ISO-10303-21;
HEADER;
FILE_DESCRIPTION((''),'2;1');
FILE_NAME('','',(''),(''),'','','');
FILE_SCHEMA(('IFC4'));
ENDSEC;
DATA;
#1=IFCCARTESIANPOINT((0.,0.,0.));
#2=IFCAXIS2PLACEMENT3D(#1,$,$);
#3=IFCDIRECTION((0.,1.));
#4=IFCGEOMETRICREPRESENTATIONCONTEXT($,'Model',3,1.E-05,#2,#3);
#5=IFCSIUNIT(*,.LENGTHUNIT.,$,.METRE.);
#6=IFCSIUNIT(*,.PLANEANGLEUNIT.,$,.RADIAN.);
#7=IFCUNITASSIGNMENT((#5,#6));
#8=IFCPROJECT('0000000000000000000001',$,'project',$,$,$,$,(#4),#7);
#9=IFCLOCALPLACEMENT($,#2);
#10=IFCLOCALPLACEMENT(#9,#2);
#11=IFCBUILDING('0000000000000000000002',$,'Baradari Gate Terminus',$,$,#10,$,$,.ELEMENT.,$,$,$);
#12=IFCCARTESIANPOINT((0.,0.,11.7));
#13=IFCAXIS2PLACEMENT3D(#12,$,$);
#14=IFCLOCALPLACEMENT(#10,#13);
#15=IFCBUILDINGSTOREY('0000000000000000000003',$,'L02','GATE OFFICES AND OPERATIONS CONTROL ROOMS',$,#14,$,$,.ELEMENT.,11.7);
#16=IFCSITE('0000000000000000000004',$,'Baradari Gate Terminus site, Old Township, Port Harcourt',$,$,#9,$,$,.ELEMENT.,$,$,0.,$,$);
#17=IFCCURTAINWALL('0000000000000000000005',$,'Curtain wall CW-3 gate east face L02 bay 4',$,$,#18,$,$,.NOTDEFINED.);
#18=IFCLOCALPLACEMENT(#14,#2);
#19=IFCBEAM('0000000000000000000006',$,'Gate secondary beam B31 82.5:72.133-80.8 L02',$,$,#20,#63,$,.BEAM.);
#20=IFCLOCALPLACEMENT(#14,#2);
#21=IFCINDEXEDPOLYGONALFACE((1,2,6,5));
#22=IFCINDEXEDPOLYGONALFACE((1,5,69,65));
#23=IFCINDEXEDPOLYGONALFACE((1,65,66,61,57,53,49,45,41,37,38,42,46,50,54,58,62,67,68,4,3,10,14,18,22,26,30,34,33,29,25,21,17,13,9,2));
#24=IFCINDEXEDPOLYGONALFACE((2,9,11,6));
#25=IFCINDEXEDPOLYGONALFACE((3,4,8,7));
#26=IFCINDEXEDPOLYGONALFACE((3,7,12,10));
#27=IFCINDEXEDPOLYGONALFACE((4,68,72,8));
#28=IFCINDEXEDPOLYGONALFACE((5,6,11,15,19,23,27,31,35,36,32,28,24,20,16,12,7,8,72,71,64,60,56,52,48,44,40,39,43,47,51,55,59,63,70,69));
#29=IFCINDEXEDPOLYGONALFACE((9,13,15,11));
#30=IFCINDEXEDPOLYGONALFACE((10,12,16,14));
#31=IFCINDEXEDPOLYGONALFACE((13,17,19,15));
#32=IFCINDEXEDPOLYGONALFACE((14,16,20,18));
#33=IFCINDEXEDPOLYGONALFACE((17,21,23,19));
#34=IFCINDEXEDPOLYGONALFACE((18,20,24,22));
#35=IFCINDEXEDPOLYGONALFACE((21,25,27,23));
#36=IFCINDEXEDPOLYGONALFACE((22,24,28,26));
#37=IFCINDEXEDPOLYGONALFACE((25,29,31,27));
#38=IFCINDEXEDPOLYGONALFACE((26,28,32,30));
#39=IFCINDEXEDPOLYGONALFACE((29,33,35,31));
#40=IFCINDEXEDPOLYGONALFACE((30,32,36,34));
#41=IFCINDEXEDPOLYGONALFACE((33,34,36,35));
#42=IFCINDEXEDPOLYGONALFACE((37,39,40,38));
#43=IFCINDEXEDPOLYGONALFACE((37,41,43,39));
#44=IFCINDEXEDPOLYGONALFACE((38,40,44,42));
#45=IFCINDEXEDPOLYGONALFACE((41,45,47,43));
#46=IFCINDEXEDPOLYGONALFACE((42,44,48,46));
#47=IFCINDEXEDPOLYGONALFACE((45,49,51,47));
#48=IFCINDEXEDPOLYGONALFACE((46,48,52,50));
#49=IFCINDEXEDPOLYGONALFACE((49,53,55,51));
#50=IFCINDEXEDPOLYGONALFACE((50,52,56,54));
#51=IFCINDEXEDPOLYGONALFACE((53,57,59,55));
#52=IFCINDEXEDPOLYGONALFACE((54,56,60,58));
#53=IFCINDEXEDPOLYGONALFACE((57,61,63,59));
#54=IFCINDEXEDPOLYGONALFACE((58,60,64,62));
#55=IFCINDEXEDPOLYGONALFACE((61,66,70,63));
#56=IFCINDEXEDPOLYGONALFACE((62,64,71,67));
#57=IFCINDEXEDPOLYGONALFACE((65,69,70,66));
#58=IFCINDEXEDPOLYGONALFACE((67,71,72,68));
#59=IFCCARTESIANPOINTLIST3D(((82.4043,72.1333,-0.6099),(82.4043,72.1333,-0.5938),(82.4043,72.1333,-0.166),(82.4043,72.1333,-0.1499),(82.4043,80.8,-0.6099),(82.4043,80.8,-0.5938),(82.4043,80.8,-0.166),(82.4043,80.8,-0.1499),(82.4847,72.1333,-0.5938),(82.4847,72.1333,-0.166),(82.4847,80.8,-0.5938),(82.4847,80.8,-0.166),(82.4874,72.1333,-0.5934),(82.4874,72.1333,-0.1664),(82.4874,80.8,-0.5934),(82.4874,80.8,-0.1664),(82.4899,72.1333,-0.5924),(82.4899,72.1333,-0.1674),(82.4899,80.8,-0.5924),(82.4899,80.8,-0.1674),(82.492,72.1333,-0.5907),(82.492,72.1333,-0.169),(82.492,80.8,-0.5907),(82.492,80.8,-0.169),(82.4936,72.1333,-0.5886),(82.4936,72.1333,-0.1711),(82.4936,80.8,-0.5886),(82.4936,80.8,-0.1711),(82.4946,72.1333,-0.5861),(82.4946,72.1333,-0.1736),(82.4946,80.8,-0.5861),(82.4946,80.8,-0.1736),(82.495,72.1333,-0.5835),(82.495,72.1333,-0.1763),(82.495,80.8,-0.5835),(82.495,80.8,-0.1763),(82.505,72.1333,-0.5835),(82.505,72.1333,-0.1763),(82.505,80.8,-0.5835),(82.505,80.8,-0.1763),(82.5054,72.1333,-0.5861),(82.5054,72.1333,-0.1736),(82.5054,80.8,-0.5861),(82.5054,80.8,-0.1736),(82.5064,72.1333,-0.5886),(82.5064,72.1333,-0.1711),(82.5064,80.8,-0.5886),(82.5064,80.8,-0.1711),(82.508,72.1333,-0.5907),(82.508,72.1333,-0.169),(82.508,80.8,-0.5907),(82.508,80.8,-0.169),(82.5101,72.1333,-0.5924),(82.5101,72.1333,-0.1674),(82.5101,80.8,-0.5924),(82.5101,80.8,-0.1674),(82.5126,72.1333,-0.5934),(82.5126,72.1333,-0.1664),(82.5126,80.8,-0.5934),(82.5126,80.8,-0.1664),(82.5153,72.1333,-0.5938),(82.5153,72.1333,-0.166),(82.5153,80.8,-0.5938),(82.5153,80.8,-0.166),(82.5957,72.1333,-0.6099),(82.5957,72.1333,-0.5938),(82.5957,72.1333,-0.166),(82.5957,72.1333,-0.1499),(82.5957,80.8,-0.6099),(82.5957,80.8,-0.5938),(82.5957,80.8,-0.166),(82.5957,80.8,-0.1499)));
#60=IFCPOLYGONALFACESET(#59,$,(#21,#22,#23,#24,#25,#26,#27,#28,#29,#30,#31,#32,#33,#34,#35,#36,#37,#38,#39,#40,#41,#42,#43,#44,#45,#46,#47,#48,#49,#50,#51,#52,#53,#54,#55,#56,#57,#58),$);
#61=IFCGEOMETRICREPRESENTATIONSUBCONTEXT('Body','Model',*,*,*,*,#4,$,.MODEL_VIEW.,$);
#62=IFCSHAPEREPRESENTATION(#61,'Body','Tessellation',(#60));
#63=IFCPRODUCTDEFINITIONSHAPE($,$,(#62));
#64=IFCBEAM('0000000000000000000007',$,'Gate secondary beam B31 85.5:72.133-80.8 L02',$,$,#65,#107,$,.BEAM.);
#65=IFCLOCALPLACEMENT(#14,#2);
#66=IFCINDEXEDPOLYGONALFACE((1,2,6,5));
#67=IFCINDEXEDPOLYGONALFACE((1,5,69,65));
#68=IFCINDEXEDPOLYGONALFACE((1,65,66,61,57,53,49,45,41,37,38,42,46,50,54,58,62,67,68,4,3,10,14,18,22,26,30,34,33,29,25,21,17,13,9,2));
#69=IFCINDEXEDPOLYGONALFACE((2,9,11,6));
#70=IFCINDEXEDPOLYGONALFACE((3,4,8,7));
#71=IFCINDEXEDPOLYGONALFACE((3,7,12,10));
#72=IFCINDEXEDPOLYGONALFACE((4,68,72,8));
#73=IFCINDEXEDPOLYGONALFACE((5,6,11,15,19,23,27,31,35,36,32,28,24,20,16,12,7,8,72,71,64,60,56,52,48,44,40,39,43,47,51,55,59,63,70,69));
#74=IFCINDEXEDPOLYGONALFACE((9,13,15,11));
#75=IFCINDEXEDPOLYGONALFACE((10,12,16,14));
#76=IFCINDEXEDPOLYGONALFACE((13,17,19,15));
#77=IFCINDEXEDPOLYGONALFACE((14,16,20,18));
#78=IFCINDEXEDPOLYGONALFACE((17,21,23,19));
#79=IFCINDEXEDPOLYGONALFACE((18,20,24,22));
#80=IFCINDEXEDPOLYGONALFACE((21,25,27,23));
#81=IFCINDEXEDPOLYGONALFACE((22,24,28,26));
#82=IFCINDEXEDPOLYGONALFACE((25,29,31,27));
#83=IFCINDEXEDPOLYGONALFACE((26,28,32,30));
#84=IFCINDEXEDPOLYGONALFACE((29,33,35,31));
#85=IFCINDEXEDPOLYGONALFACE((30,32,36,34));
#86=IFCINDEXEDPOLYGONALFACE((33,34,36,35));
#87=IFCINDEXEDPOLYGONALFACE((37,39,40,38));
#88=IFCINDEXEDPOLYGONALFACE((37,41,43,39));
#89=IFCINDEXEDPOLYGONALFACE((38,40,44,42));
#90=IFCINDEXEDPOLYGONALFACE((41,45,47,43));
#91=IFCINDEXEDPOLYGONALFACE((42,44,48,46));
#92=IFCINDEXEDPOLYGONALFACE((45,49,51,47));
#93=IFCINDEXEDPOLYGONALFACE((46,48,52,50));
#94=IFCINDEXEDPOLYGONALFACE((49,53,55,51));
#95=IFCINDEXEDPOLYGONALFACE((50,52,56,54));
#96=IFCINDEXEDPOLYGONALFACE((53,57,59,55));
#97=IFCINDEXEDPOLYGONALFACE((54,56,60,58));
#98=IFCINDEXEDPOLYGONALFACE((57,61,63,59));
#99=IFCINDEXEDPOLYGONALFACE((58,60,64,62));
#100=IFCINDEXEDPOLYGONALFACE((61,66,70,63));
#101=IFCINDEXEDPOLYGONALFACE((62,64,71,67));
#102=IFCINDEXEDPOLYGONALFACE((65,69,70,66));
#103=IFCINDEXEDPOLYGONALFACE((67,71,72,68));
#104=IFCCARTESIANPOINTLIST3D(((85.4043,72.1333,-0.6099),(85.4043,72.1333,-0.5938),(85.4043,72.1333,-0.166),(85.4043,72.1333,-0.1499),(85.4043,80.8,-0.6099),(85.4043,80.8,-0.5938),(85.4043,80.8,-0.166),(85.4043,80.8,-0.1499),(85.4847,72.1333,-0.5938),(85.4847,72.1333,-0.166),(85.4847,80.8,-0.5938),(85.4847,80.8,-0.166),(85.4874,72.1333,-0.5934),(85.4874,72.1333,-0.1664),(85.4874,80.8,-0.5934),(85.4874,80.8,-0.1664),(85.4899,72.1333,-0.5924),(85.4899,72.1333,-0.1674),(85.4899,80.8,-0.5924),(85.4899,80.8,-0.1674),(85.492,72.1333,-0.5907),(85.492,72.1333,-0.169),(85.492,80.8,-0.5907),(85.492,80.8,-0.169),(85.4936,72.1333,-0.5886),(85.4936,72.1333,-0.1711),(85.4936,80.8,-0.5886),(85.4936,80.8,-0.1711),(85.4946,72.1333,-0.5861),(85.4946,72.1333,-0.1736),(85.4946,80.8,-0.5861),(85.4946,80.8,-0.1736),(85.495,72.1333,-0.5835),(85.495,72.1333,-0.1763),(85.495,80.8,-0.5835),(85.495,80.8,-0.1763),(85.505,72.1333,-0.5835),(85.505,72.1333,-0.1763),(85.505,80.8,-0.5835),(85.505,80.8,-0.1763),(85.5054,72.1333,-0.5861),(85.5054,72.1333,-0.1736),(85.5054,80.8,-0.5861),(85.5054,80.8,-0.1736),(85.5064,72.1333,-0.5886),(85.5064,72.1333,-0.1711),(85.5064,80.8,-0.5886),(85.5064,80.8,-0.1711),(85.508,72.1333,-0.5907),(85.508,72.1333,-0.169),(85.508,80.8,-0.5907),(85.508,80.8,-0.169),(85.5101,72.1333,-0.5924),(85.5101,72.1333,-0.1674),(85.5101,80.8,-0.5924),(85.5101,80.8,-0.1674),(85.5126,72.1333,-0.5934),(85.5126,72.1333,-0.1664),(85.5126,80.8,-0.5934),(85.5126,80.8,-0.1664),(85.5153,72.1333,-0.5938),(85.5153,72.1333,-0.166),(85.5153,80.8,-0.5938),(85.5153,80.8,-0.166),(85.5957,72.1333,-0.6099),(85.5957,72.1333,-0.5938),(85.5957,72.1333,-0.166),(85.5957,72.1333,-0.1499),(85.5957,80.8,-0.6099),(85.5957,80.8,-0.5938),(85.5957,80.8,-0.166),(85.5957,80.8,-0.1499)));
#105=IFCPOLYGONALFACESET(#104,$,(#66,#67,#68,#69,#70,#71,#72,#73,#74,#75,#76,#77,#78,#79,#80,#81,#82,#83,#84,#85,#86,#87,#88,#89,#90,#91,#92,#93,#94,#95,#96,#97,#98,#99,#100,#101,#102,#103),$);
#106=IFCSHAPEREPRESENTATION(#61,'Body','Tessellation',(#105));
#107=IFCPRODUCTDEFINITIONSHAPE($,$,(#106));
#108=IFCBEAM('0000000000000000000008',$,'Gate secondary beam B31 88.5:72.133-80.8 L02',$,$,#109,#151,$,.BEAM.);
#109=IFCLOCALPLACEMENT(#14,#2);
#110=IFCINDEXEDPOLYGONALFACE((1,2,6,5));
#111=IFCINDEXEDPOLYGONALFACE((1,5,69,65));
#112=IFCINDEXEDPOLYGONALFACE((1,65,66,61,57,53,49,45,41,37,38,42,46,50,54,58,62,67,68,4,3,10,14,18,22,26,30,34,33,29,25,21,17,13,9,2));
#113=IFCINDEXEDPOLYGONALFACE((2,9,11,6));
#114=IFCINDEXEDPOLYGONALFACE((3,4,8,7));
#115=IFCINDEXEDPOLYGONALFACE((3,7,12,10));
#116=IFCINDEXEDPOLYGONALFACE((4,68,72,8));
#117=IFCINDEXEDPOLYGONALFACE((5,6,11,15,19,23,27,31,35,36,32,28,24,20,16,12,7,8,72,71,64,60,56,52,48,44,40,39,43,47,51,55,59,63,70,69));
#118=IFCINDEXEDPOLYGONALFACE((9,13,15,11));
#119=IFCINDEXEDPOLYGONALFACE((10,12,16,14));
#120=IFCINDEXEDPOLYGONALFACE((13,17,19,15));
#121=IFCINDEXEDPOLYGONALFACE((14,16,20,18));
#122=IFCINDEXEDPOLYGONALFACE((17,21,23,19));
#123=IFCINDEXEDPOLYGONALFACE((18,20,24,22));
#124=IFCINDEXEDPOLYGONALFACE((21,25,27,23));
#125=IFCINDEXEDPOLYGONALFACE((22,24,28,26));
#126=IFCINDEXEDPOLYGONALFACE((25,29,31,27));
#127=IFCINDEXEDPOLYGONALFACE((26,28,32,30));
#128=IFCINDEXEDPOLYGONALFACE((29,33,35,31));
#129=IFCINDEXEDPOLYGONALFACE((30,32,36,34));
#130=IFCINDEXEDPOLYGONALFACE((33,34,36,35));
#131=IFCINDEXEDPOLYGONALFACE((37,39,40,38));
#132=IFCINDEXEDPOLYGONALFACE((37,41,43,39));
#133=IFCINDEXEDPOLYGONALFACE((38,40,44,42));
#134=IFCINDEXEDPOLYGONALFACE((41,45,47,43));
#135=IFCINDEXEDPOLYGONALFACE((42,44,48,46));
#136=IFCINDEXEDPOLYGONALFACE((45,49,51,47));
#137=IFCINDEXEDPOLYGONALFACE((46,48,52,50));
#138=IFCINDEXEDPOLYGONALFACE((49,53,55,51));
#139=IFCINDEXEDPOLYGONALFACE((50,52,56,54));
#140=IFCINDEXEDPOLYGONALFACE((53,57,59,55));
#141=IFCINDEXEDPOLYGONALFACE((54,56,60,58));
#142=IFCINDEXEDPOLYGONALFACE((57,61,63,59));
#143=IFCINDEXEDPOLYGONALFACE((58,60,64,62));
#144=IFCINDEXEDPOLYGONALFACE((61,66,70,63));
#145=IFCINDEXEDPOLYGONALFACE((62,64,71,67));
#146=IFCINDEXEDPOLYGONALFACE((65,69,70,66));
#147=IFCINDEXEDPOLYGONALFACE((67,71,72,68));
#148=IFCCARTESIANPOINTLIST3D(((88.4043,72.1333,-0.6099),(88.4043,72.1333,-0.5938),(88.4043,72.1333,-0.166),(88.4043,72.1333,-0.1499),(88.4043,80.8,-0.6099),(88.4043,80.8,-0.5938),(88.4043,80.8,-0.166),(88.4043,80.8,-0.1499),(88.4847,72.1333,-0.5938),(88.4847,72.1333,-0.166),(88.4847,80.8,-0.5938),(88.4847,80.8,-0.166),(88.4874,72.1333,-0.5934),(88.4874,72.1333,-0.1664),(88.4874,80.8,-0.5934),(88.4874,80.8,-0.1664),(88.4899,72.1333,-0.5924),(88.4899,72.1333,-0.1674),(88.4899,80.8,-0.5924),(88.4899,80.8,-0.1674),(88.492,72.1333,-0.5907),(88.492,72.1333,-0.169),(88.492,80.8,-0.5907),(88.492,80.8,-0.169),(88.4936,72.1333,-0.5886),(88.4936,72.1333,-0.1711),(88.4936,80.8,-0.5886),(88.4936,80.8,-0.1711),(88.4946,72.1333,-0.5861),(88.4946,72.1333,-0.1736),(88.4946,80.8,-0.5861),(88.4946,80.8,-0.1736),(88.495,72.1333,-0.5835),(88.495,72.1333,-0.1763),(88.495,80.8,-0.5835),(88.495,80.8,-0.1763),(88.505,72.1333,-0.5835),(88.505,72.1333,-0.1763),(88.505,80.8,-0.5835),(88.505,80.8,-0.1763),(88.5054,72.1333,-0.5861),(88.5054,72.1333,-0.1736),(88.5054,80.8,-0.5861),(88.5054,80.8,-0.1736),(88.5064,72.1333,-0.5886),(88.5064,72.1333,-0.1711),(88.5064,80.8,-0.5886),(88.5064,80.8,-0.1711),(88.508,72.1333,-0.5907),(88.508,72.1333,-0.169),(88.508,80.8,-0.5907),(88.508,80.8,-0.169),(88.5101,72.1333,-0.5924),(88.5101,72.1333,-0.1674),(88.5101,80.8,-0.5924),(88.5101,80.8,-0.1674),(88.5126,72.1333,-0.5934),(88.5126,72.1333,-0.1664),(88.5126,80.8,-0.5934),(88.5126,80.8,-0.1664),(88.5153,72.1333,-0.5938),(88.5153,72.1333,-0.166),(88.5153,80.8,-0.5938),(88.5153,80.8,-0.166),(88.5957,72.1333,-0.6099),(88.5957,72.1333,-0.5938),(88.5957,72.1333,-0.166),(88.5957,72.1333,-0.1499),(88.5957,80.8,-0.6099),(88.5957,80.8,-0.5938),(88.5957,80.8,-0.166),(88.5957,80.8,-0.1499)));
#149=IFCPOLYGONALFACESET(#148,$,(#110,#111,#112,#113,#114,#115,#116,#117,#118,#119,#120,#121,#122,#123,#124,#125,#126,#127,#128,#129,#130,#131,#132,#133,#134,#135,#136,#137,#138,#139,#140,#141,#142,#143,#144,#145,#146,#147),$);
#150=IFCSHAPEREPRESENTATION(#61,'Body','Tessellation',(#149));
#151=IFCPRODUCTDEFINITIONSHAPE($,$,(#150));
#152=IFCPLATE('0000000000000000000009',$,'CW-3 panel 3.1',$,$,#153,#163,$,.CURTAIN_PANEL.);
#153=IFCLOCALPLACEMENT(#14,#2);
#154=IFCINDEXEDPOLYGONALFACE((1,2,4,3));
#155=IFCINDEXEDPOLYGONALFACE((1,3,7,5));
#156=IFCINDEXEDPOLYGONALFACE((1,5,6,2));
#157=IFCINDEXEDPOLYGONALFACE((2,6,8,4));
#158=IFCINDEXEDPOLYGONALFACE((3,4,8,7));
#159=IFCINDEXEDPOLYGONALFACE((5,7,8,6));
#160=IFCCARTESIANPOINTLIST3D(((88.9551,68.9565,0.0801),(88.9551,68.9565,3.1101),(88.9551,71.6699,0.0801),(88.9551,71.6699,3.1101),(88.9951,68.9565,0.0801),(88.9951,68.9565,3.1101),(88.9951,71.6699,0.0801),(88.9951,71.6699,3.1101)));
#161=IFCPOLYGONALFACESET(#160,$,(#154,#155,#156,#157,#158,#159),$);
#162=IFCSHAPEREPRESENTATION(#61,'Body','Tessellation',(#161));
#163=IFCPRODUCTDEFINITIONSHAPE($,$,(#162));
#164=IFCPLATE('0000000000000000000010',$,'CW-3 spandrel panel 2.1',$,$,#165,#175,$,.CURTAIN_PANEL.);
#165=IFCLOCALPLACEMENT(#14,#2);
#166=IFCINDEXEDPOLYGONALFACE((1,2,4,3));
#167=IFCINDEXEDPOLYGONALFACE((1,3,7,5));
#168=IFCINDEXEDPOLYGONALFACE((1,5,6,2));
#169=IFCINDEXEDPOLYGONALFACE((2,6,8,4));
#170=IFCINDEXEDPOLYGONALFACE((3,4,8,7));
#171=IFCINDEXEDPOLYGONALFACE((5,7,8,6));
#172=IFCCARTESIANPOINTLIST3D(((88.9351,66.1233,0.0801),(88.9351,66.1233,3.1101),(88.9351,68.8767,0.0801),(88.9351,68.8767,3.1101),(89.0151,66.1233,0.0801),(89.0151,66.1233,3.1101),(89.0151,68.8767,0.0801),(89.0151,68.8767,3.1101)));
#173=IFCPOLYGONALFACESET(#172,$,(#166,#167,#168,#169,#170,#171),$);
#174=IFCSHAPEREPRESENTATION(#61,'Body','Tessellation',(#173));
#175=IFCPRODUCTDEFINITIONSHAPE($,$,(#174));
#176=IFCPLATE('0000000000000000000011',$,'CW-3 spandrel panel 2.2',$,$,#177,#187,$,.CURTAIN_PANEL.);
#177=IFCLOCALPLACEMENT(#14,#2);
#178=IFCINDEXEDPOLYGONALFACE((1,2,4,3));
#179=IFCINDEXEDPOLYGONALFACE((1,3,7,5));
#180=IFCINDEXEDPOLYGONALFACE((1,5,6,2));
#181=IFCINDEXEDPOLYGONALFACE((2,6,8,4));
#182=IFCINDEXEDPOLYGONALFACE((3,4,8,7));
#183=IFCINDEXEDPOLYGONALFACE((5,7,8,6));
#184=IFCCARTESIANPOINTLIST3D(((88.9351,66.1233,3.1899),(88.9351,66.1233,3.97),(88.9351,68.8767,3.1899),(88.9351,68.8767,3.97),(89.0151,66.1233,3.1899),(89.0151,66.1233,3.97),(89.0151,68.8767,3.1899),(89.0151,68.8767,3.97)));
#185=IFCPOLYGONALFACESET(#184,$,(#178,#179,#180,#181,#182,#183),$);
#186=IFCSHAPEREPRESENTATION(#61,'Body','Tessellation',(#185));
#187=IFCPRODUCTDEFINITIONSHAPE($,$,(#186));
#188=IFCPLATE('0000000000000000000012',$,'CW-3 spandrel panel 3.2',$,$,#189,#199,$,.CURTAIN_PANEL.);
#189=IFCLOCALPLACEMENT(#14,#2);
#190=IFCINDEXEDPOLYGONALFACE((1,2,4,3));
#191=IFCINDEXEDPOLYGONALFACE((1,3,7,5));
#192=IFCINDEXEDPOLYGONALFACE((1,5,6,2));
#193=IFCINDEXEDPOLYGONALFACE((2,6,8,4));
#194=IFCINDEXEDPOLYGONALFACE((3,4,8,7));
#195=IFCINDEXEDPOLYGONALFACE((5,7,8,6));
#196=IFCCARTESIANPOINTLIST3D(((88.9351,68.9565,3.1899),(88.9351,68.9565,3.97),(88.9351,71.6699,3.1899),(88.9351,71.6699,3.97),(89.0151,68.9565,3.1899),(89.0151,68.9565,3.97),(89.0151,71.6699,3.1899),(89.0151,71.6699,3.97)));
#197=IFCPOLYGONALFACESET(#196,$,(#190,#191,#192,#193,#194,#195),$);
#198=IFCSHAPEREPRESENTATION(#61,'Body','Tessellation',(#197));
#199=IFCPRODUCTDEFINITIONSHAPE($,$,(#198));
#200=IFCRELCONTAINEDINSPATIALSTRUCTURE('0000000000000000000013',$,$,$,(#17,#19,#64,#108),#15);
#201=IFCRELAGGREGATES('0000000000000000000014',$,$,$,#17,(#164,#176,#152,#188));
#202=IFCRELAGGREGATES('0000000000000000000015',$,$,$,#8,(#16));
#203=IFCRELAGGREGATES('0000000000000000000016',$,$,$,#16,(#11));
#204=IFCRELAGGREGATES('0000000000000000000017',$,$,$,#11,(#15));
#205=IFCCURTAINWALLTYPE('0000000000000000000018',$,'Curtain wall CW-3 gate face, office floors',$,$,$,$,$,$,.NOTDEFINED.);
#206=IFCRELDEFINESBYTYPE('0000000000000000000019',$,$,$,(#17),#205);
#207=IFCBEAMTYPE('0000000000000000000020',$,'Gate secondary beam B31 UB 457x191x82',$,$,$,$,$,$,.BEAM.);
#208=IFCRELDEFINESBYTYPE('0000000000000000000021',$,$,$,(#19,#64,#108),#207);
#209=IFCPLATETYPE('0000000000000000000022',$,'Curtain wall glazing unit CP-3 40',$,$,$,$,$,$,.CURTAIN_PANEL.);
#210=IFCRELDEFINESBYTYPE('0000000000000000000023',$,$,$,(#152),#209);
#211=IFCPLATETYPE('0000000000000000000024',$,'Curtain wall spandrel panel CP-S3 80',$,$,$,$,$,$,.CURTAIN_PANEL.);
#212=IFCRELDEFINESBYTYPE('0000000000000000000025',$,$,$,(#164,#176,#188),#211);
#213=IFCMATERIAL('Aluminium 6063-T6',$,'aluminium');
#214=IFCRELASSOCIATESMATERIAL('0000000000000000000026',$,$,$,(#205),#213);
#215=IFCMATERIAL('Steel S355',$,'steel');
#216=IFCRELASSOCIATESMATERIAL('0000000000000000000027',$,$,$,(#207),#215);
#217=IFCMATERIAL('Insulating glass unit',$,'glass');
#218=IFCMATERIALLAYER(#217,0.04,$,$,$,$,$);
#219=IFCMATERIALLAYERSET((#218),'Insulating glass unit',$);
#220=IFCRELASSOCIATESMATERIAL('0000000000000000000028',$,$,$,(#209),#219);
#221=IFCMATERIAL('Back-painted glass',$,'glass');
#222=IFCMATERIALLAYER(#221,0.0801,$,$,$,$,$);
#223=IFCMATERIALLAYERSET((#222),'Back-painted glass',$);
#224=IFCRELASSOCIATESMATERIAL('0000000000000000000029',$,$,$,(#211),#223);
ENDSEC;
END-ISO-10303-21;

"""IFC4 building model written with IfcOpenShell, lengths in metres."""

from ifc_helpers import new_model, si_unit, direction, frame, origin, origin_2d, place, context, subcontext, project, spatial, rectangle, i_section, extrude, material, layer, layer_set, material_profile, profile_set, type_object, element, aggregate, save


model = new_model("IFC4")

# Units and contexts
model_context = context("Model", 3, precision=1e-05, world=origin(), true_north=direction((0.0, 1.0)))
body_context = subcontext(model_context, "Body", "Model", "MODEL_VIEW")
ifc_project = project(units=[si_unit("LENGTHUNIT", "METRE"), si_unit("PLANEANGLEUNIT", "RADIAN")], contexts=[model_context])

# Site, building, storey
site_placement = place(None, origin())
site = spatial("IfcSite", under=ifc_project, at=site_placement, Name="Baradari Gate Terminus site, Old Township, Port Harcourt", CompositionType="ELEMENT", RefElevation=0.0)
building_placement = place(site_placement, origin())
building = spatial("IfcBuilding", under=site, at=building_placement, Name="Baradari Gate Terminus", CompositionType="ELEMENT")
storey_placement = place(building_placement, frame((0.0, 0.0, 11.7)))
storey = spatial("IfcBuildingStorey", under=building, at=storey_placement, Name="L02", Description="GATE OFFICES AND OPERATIONS CONTROL ROOMS", CompositionType="ELEMENT", Elevation=11.7)

# Curtain wall
ifc_material_1 = material(Name="Aluminium 6063-T6", Category="aluminium")
curtain_wall_type = type_object("IfcCurtainWallType", Name="Curtain wall CW-3 gate face, office floors", PredefinedType="NOTDEFINED", material=ifc_material_1)
curtain_wall_1_placement = place(storey_placement, origin())
curtain_wall_1 = element("IfcCurtainWall", 1, at=curtain_wall_1_placement, inside=storey, type_object=curtain_wall_type, Name="Curtain wall CW-3 gate east face L02 bay 4", PredefinedType="NOTDEFINED")

# Beams
ifc_material_2 = material(Name="Steel S355", Category="steel")
ifc_material_profile_1 = material_profile(ifc_material_2, i_section(OverallWidth=0.1914, OverallDepth=0.46, WebThickness=0.01, FlangeThickness=0.0161, FilletRadius=0.0103, at=origin_2d()), Name="UB 457x191x82")
ifc_profile_set_1 = profile_set([ifc_material_profile_1], Name="Steel S355")
beam_type = type_object("IfcBeamType", Name="Gate secondary beam B31 UB 457x191x82", PredefinedType="BEAM", material=ifc_profile_set_1)
for number, where, z_axis, x_axis, name in (
    (2, (82.5, 72.1333, -0.3799), (0.0, 1.0, 0.0), (-1.0, 0.0, 0.0), "Gate secondary beam B31 82.5:72.133-80.8 L02"),
    (3, (85.5, 72.1333, -0.3799), (0.0, 1.0, 0.0), (-1.0, 0.0, 0.0), "Gate secondary beam B31 85.5:72.133-80.8 L02"),
    (4, (88.5, 72.1333, -0.3799), (0.0, 1.0, 0.0), (-1.0, 0.0, 0.0), "Gate secondary beam B31 88.5:72.133-80.8 L02"),
):
    element("IfcBeam", number, at=place(storey_placement, frame(where, z_axis=z_axis, x_axis=x_axis)), inside=storey, type_object=beam_type, Name=name, PredefinedType="BEAM", context=body_context, shape_type="SweptSolid", body=[
        extrude(i_section(OverallWidth=0.1914, OverallDepth=0.46, WebThickness=0.01, FlangeThickness=0.0161, FilletRadius=0.0103, at=origin_2d()), origin(), (0.0, 0.0, 1.0), 8.6667),
    ])

# Plates
ifc_material_3 = material(Name="Insulating glass unit", Category="glass")
ifc_layer_1 = layer(ifc_material_3, 0.04)
ifc_layer_set_1 = layer_set([ifc_layer_1], Name="Insulating glass unit")
plate_type_1 = type_object("IfcPlateType", Name="Curtain wall glazing unit CP-3 40", PredefinedType="CURTAIN_PANEL", material=ifc_layer_set_1)
plate_1_placement = place(storey_placement, frame((88.9751, 70.3132, 0.0801), z_axis=(0.0, 0.0, 1.0), x_axis=(0.0, 1.0, 0.0)))
plate_1 = element("IfcPlate", 5, at=plate_1_placement, type_object=plate_type_1, Name="CW-3 panel 3.1", PredefinedType="CURTAIN_PANEL", context=body_context, shape_type="SweptSolid", body=[
    extrude(rectangle(XDim=2.7134, YDim=0.04, at=origin_2d()), origin(), (0.0, 0.0, 1.0), 3.03),
])
ifc_material_4 = material(Name="Back-painted glass", Category="glass")
ifc_layer_2 = layer(ifc_material_4, 0.0801)
ifc_layer_set_2 = layer_set([ifc_layer_2], Name="Back-painted glass")
plate_type_2 = type_object("IfcPlateType", Name="Curtain wall spandrel panel CP-S3 80", PredefinedType="CURTAIN_PANEL", material=ifc_layer_set_2)
plate_2_placement = place(storey_placement, frame((88.9751, 67.5, 0.0801), z_axis=(0.0, 0.0, 1.0), x_axis=(0.0, 1.0, 0.0)))
plate_2 = element("IfcPlate", 6, at=plate_2_placement, type_object=plate_type_2, Name="CW-3 spandrel panel 2.1", PredefinedType="CURTAIN_PANEL", context=body_context, shape_type="SweptSolid", body=[
    extrude(rectangle(XDim=2.7534, YDim=0.0801, at=origin_2d()), origin(), (0.0, 0.0, 1.0), 3.03),
])
plate_3_placement = place(storey_placement, frame((88.9751, 67.5, 3.1899), z_axis=(0.0, 0.0, 1.0), x_axis=(0.0, 1.0, 0.0)))
plate_3 = element("IfcPlate", 7, at=plate_3_placement, type_object=plate_type_2, Name="CW-3 spandrel panel 2.2", PredefinedType="CURTAIN_PANEL", context=body_context, shape_type="SweptSolid", body=[
    extrude(rectangle(XDim=2.7534, YDim=0.0801, at=origin_2d()), origin(), (0.0, 0.0, 1.0), 0.78),
])
plate_4_placement = place(storey_placement, frame((88.9751, 70.3132, 3.1899), z_axis=(0.0, 0.0, 1.0), x_axis=(0.0, 1.0, 0.0)))
plate_4 = element("IfcPlate", 8, at=plate_4_placement, type_object=plate_type_2, Name="CW-3 spandrel panel 3.2", PredefinedType="CURTAIN_PANEL", context=body_context, shape_type="SweptSolid", body=[
    extrude(rectangle(XDim=2.7134, YDim=0.0801, at=origin_2d()), origin(), (0.0, 0.0, 1.0), 0.78),
])
aggregate(curtain_wall_1, [plate_2, plate_3, plate_1, plate_4])

save(model, "model.ifc")
